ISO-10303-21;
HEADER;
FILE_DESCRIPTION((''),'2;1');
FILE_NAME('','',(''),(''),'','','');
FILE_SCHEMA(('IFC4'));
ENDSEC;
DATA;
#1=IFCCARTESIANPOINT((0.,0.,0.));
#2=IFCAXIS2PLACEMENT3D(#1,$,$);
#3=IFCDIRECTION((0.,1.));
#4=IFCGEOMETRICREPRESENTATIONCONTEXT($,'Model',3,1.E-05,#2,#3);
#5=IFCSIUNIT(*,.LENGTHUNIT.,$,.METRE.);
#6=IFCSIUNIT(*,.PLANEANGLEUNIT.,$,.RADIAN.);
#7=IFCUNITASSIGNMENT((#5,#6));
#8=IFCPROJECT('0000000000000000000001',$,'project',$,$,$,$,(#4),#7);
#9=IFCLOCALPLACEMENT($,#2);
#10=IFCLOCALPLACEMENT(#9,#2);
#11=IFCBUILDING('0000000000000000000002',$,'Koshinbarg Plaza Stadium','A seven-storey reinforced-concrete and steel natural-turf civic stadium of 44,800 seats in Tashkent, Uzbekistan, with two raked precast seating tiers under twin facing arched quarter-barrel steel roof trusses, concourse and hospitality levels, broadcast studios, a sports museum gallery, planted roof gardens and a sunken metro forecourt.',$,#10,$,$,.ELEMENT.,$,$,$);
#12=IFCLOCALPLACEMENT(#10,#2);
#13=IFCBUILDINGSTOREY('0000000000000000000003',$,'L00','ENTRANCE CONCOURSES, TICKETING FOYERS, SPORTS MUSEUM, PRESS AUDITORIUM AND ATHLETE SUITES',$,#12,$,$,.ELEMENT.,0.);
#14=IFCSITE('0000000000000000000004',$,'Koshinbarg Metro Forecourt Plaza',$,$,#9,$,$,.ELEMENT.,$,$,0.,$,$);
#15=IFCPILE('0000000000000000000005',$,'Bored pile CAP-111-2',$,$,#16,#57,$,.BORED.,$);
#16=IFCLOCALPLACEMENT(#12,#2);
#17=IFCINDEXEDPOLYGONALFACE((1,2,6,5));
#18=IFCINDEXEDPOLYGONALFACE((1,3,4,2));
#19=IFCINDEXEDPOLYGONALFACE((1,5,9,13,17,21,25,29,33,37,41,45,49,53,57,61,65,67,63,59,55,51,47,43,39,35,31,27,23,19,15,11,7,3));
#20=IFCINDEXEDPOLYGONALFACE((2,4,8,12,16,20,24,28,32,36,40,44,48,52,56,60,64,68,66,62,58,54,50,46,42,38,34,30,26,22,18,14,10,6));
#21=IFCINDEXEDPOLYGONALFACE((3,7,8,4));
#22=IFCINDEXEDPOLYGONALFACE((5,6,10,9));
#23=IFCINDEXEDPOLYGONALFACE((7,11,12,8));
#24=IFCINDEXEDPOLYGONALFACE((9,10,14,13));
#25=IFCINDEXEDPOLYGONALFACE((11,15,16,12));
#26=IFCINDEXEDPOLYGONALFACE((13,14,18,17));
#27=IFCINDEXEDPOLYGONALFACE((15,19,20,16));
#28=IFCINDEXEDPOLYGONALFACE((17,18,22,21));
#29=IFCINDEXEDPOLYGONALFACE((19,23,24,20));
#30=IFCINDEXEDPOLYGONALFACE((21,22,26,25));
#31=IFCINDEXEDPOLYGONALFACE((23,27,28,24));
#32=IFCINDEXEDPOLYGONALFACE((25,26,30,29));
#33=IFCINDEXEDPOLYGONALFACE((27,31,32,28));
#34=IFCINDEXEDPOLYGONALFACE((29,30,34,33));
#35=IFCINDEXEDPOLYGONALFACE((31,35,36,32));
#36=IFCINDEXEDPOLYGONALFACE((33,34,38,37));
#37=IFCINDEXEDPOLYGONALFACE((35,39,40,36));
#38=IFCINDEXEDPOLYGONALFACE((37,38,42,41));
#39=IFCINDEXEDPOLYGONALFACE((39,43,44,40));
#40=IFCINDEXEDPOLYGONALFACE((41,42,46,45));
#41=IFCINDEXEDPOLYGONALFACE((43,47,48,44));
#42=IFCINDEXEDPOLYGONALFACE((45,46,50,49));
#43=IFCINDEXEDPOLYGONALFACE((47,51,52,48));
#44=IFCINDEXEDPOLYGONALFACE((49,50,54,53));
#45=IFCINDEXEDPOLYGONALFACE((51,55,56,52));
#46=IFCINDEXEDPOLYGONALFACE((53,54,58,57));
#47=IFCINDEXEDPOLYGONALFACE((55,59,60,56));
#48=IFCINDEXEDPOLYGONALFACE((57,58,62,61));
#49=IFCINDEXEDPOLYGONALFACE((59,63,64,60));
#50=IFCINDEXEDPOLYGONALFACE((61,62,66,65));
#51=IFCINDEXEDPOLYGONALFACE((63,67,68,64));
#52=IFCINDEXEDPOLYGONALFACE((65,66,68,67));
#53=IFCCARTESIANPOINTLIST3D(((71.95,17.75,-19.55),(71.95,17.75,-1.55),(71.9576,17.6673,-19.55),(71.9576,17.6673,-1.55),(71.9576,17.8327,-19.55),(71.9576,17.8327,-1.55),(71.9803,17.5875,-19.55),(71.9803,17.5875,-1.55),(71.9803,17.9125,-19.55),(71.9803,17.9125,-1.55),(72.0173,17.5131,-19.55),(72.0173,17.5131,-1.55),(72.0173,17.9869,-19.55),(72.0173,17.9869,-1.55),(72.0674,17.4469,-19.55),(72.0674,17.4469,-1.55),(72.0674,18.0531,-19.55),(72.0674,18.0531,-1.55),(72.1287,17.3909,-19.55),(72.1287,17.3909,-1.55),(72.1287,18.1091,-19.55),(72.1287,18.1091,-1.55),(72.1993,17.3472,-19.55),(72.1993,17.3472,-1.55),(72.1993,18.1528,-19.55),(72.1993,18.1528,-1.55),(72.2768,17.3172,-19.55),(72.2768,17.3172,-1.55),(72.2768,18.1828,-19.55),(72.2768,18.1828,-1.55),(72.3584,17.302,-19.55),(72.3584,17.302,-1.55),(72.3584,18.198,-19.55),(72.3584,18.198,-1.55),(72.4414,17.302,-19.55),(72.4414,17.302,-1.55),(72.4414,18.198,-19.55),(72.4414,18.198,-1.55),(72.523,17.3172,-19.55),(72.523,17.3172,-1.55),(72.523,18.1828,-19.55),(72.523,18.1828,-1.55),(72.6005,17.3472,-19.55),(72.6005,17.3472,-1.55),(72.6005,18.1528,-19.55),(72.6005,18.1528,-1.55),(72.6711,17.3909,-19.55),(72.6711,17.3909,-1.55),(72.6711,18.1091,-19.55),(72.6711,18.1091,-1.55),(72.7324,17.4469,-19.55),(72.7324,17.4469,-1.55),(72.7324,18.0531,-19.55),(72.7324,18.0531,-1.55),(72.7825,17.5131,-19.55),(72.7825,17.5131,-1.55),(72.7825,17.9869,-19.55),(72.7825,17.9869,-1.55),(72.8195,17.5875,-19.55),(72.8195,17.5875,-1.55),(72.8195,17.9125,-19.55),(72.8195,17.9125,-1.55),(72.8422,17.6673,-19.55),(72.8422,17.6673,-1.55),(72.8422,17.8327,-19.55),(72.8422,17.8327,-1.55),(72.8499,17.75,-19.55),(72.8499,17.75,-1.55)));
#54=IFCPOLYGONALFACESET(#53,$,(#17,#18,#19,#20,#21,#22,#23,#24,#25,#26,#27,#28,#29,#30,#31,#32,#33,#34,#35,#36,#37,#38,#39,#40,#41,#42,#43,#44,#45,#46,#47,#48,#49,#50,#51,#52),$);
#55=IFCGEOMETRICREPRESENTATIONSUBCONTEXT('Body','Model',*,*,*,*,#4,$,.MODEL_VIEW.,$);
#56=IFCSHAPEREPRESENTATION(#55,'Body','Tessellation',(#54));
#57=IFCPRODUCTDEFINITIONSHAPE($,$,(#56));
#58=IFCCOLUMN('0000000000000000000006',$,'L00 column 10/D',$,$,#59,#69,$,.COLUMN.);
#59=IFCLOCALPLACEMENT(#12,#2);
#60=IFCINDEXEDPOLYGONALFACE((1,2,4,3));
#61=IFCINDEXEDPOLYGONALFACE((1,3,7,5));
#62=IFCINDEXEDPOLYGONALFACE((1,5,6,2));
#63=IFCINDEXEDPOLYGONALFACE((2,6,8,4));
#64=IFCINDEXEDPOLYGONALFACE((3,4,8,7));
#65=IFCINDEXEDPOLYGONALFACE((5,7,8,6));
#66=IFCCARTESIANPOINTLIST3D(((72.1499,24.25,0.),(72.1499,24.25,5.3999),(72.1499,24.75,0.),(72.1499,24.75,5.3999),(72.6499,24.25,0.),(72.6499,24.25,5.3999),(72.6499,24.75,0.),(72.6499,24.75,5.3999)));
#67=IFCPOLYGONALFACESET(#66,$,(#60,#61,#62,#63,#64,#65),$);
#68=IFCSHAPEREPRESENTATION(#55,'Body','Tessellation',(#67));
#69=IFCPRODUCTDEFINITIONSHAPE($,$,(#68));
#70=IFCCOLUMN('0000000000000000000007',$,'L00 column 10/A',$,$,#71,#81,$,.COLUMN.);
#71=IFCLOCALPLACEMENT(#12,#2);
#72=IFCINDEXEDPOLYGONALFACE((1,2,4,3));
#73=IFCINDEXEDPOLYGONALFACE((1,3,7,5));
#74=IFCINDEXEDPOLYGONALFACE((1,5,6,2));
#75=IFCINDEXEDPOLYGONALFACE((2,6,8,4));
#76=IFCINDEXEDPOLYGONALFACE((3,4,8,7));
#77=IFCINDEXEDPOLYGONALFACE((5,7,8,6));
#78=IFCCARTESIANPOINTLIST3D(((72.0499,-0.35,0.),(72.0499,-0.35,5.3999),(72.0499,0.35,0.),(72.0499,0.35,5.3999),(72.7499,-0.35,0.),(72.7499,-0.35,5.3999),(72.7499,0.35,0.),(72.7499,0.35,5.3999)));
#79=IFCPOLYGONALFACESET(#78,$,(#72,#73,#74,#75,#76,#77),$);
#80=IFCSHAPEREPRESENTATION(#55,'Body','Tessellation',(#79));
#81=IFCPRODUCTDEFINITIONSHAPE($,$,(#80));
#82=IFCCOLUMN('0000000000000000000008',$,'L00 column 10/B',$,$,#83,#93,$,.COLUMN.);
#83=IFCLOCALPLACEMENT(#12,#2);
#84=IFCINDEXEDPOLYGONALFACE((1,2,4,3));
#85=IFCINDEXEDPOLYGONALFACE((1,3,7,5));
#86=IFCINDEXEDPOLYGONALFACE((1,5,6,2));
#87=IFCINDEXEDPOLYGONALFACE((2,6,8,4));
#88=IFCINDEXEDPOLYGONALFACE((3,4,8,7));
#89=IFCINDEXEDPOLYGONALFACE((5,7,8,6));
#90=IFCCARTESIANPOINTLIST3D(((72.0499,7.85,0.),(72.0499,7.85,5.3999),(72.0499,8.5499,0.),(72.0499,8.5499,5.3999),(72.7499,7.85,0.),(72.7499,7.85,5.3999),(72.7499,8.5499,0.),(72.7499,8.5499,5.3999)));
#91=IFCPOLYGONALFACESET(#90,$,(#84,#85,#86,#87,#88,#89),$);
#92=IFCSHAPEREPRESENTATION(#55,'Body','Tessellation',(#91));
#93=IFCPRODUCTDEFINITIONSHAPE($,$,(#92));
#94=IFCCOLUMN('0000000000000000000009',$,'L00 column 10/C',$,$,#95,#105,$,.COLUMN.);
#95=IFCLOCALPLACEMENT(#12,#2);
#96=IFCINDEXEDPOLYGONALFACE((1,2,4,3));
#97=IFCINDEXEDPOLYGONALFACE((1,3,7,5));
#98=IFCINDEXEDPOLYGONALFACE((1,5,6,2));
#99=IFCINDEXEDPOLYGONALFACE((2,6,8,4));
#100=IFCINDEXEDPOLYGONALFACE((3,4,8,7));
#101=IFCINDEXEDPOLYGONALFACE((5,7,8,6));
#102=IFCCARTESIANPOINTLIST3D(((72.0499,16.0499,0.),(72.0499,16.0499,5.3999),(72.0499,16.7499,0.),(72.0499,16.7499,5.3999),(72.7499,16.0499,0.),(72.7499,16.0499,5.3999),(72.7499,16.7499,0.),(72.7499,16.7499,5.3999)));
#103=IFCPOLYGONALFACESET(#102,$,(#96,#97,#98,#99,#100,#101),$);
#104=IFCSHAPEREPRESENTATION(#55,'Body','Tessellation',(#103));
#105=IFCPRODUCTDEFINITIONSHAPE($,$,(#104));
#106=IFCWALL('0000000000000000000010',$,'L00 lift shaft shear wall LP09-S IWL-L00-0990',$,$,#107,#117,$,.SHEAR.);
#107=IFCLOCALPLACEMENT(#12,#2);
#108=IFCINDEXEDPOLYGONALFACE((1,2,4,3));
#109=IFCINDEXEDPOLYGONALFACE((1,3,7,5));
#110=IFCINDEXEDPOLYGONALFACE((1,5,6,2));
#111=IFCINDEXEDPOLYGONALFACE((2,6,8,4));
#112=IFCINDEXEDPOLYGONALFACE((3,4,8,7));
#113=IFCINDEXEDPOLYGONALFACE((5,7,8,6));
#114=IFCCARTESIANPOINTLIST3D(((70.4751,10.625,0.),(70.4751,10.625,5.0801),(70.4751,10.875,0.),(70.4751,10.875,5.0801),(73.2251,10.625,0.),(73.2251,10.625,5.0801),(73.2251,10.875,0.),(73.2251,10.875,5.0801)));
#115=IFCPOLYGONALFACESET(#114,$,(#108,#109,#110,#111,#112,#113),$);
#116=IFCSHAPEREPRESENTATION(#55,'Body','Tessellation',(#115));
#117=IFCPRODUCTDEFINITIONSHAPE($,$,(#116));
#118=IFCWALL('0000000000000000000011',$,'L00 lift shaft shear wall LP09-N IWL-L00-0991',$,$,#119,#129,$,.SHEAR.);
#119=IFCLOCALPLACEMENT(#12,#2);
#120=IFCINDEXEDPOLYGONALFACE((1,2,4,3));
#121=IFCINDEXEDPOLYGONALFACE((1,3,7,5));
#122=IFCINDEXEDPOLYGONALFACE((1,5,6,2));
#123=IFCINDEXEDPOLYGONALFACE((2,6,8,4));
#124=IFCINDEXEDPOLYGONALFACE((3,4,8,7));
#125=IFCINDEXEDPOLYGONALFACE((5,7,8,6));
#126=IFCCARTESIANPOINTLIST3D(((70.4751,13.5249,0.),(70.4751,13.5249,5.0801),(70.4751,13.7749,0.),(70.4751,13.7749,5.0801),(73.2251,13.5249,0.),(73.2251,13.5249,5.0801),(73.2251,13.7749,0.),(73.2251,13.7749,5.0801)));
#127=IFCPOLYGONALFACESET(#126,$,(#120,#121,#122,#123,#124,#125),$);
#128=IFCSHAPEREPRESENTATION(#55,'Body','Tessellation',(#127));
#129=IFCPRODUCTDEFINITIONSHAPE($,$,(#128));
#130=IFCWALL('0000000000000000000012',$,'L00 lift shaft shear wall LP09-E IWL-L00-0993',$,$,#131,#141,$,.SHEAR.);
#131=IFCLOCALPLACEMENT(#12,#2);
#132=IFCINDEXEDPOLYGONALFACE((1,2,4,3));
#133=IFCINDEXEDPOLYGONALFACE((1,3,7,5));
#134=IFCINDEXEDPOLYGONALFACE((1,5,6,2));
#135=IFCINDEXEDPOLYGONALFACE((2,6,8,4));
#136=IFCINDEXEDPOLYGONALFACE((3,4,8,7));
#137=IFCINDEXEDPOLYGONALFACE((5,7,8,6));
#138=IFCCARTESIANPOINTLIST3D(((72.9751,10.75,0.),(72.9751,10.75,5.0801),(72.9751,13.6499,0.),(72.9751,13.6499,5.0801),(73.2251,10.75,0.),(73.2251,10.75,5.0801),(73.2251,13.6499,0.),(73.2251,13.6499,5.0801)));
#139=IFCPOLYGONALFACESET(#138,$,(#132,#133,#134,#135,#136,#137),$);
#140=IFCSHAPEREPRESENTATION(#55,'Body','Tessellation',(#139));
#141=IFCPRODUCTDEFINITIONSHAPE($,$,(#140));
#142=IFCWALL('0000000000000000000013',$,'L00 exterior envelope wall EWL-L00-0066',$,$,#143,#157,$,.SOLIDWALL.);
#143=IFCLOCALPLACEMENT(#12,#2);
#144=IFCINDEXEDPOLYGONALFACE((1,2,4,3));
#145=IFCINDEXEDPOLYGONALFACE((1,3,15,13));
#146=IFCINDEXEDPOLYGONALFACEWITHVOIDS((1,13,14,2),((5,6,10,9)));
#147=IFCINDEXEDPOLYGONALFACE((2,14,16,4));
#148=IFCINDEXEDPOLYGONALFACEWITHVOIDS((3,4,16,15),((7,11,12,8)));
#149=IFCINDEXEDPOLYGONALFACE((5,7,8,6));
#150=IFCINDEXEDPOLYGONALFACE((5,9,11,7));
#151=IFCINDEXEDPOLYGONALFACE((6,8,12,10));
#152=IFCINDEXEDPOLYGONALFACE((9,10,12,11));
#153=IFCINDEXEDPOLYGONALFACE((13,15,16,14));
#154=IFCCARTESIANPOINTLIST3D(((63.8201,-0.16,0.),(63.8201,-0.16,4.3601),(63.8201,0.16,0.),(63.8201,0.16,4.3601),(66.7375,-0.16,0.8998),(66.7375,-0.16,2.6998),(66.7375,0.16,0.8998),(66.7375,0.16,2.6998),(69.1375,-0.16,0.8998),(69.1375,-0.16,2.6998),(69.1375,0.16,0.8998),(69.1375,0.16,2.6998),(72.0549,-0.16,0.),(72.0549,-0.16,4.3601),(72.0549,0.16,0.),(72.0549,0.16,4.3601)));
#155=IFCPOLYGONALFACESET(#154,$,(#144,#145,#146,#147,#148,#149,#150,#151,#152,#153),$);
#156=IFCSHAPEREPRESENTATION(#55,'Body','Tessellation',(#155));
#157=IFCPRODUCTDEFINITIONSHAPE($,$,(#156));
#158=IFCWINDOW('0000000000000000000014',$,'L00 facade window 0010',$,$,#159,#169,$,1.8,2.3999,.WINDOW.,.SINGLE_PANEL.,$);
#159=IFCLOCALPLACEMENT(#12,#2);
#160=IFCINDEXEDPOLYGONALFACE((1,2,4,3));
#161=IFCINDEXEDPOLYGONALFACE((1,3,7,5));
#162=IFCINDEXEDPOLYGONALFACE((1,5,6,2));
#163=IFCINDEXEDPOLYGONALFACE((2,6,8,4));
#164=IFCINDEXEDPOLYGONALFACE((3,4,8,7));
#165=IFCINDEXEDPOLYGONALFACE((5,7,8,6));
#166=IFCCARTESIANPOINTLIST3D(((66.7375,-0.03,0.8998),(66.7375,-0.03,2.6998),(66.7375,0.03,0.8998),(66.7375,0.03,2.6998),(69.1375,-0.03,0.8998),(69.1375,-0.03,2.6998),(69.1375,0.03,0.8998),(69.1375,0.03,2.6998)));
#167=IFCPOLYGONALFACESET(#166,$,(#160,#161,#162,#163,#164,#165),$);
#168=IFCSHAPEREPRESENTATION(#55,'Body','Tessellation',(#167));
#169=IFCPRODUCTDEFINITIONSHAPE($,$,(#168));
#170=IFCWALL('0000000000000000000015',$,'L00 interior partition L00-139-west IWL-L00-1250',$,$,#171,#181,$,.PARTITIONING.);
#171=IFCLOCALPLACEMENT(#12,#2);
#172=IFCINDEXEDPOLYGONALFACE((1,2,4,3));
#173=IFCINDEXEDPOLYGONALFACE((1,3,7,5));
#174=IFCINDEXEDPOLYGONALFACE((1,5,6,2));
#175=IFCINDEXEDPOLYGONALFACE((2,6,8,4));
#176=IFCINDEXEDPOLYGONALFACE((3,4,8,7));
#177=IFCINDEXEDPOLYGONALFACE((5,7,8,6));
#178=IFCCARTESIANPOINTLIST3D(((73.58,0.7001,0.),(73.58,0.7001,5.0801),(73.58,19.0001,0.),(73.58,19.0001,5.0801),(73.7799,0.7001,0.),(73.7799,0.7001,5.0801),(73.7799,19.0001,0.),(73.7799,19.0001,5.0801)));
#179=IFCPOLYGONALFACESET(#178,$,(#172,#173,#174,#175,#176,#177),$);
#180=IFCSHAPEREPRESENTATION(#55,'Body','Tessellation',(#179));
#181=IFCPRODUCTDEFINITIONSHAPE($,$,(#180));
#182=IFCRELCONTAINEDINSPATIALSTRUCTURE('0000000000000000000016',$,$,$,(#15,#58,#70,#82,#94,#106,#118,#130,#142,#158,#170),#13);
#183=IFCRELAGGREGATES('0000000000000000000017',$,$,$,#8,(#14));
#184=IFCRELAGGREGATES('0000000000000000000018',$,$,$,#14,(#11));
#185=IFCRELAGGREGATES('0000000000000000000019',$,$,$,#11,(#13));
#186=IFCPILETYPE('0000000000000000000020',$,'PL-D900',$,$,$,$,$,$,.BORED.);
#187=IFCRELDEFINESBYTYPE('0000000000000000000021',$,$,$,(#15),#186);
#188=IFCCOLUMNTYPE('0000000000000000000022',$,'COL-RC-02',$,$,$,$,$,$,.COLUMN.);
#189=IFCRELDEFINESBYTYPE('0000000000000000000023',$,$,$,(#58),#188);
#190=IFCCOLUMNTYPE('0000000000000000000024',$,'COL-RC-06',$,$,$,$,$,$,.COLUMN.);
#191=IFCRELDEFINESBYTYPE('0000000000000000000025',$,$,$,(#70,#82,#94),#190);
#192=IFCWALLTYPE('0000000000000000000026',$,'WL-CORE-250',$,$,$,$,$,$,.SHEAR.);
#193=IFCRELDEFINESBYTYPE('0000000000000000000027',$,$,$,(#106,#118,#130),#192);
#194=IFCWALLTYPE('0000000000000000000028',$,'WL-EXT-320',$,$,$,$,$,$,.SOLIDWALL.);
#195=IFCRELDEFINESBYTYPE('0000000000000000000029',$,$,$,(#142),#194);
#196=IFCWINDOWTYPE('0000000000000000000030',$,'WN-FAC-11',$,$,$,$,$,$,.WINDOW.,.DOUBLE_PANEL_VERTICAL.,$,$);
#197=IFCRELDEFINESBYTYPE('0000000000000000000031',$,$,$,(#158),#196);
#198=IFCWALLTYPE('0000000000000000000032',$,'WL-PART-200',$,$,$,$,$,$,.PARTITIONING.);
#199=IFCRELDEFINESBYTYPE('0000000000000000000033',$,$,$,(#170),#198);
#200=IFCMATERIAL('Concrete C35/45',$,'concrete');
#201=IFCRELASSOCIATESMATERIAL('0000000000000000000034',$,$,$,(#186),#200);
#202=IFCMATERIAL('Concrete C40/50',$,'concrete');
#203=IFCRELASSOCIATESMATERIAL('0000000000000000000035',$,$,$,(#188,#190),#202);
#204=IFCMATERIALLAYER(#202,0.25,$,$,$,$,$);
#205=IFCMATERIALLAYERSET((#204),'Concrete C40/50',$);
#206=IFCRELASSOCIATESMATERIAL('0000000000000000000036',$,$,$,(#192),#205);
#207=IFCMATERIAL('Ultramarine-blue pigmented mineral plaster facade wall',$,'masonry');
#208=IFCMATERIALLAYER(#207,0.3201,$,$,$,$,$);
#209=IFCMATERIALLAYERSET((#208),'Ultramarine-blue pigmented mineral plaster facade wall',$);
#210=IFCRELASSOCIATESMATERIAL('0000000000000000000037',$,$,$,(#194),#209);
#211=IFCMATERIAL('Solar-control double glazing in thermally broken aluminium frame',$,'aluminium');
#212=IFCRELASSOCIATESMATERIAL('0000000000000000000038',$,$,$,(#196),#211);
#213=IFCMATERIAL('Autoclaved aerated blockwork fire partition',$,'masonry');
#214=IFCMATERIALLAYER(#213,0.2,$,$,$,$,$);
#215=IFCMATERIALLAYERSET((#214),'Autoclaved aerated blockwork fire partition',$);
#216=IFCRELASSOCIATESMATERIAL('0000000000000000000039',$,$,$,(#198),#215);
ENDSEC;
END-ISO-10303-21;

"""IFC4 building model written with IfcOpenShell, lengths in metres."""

from ifc_helpers import new_model, si_unit, direction, frame, frame_2d, origin, origin_2d, place, context, subcontext, project, spatial, rectangle, circle, extrude, material, layer, layer_set, material_profile, profile_set, type_object, element, fill, save


model = new_model("IFC4")

# Units and contexts
model_context = context("Model", 3, precision=1e-05, world=origin(), true_north=direction((0.0, 1.0)))
body_context = subcontext(model_context, "Body", "Model", "MODEL_VIEW")
ifc_project = project(units=[si_unit("LENGTHUNIT", "METRE"), si_unit("PLANEANGLEUNIT", "RADIAN")], contexts=[model_context])

# Site, building, storey
site_placement = place(None, origin())
site = spatial("IfcSite", under=ifc_project, at=site_placement, Name="Koshinbarg Metro Forecourt Plaza", CompositionType="ELEMENT", RefElevation=0.0)
building_placement = place(site_placement, origin())
building = spatial("IfcBuilding", under=site, at=building_placement, Name="Koshinbarg Plaza Stadium", Description="A seven-storey reinforced-concrete and steel natural-turf civic stadium of 44,800 seats in Tashkent, Uzbekistan, with two raked precast seating tiers under twin facing arched quarter-barrel steel roof trusses, concourse and hospitality levels, broadcast studios, a sports museum gallery, planted roof gardens and a sunken metro forecourt.", CompositionType="ELEMENT")
storey_placement = place(building_placement, origin())
storey = spatial("IfcBuildingStorey", under=building, at=storey_placement, Name="L00", Description="ENTRANCE CONCOURSES, TICKETING FOYERS, SPORTS MUSEUM, PRESS AUDITORIUM AND ATHLETE SUITES", CompositionType="ELEMENT", Elevation=0.0)

# Shared definitions
ifc_material_1 = material(Name="Concrete C35/45", Category="concrete")

# Pile
ifc_material_profile_1 = material_profile(ifc_material_1, circle(Radius=0.45, at=origin_2d()), Name="PILE D900")
ifc_profile_set_1 = profile_set([ifc_material_profile_1], Name="Concrete C35/45")
pile_type_1 = type_object("IfcPileType", Name="PL-D900", PredefinedType="BORED", material=ifc_profile_set_1)
for number, where, z_axis, x_axis, name in (
    (1, (72.3999, 17.75, -1.55), (0.0, 0.0, -1.0), (1.0, 0.0, 0.0), "Bored pile CAP-111-2"),
):
    element("IfcPile", number, at=place(storey_placement, frame(where, z_axis=z_axis, x_axis=x_axis)), inside=storey, type_object=pile_type_1, Name=name, PredefinedType="BORED", context=body_context, shape_type="SweptSolid", body=[
        extrude(circle(Radius=0.45, at=origin_2d()), origin(), (0.0, 0.0, 1.0), 18.0),
    ])

# Columns
ifc_material_2 = material(Name="Concrete C40/50", Category="concrete")
ifc_material_profile_2 = material_profile(ifc_material_2, rectangle(XDim=0.5, YDim=0.5, at=origin_2d()), Name="RC 500x500")
ifc_profile_set_2 = profile_set([ifc_material_profile_2], Name="Concrete C40/50")
column_type_1 = type_object("IfcColumnType", Name="COL-RC-02", PredefinedType="COLUMN", material=ifc_profile_set_2)
column_placement = place(storey_placement, frame((72.3999, 24.5, 0.0), z_axis=(0.0, 0.0, 1.0), x_axis=(1.0, 0.0, 0.0)))
element("IfcColumn", 2, at=column_placement, inside=storey, type_object=column_type_1, Name="L00 column 10/D", PredefinedType="COLUMN", context=body_context, shape_type="SweptSolid", body=[
    extrude(rectangle(XDim=0.5, YDim=0.5, at=origin_2d()), origin(), (0.0, 0.0, 1.0), 5.3999),
])
ifc_material_profile_3 = material_profile(ifc_material_2, rectangle(XDim=0.7, YDim=0.7, at=origin_2d()), Name="RC 700x700")
ifc_profile_set_3 = profile_set([ifc_material_profile_3], Name="Concrete C40/50")
column_type_2 = type_object("IfcColumnType", Name="COL-RC-06", PredefinedType="COLUMN", material=ifc_profile_set_3)
for number, where, z_axis, x_axis, name in (
    (3, (72.3999, 0.0, 0.0), (0.0, 0.0, 1.0), (1.0, 0.0, 0.0), "L00 column 10/A"),
    (4, (72.3999, 8.2, 0.0), (0.0, 0.0, 1.0), (1.0, 0.0, 0.0), "L00 column 10/B"),
    (5, (72.3999, 16.3999, 0.0), (0.0, 0.0, 1.0), (1.0, 0.0, 0.0), "L00 column 10/C"),
):
    element("IfcColumn", number, at=place(storey_placement, frame(where, z_axis=z_axis, x_axis=x_axis)), inside=storey, type_object=column_type_2, Name=name, PredefinedType="COLUMN", context=body_context, shape_type="SweptSolid", body=[
        extrude(rectangle(XDim=0.7, YDim=0.7, at=origin_2d()), origin(), (0.0, 0.0, 1.0), 5.3999),
    ])

# Walls
ifc_layer_1 = layer(ifc_material_2, 0.25)
ifc_layer_set_1 = layer_set([ifc_layer_1], Name="Concrete C40/50")
wall_type_1 = type_object("IfcWallType", Name="WL-CORE-250", PredefinedType="SHEAR", material=ifc_layer_set_1)
for number, where, z_axis, x_axis, name in (
    (6, (70.4751, 10.75, 0.0), (0.0, 0.0, 1.0), (1.0, 0.0, 0.0), "L00 lift shaft shear wall LP09-S IWL-L00-0990"),
    (7, (73.2251, 13.6499, 0.0), (0.0, 0.0, 1.0), (-1.0, 0.0, 0.0), "L00 lift shaft shear wall LP09-N IWL-L00-0991"),
):
    element("IfcWall", number, at=place(storey_placement, frame(where, z_axis=z_axis, x_axis=x_axis)), inside=storey, type_object=wall_type_1, Name=name, PredefinedType="SHEAR", context=body_context, shape_type="SweptSolid", body=[
        extrude(rectangle(XDim=2.75, YDim=0.25, at=frame_2d((1.375, 0.0))), origin(), (0.0, 0.0, 1.0), 5.0801),
    ])

# Wall
wall_1_placement = place(storey_placement, frame((73.1001, 10.75, 0.0), z_axis=(0.0, 0.0, 1.0), x_axis=(0.0, 1.0, 0.0)))
element("IfcWall", 8, at=wall_1_placement, inside=storey, type_object=wall_type_1, Name="L00 lift shaft shear wall LP09-E IWL-L00-0993", PredefinedType="SHEAR", context=body_context, shape_type="SweptSolid", body=[
    extrude(rectangle(XDim=2.8999, YDim=0.25, at=frame_2d((1.45, 0.0))), origin(), (0.0, 0.0, 1.0), 5.0801),
])

# Wall, opening, window
ifc_material_3 = material(Name="Ultramarine-blue pigmented mineral plaster facade wall", Category="masonry")
ifc_layer_2 = layer(ifc_material_3, 0.3201)
ifc_layer_set_2 = layer_set([ifc_layer_2], Name="Ultramarine-blue pigmented mineral plaster facade wall")
wall_type_2 = type_object("IfcWallType", Name="WL-EXT-320", PredefinedType="SOLIDWALL", material=ifc_layer_set_2)
wall_2_placement = place(storey_placement, frame((72.0549, 0.0, 0.0), z_axis=(0.0, 0.0, 1.0), x_axis=(-1.0, 0.0, 0.0)))
wall_2 = element("IfcWall", 9, at=wall_2_placement, inside=storey, type_object=wall_type_2, Name="L00 exterior envelope wall EWL-L00-0066", PredefinedType="SOLIDWALL", context=body_context, shape_type="SweptSolid", body=[
    extrude(rectangle(XDim=8.2349, YDim=0.3201, at=frame_2d((4.1174, 0.0))), origin(), (0.0, 0.0, 1.0), 4.3601),
])
opening_1_placement = place(wall_2_placement, frame((2.9175, 0.0, 0.8999)))
opening_1 = element("IfcOpeningElement", 10, at=opening_1_placement, cuts=wall_2, PredefinedType="OPENING", context=body_context, shape_type="SweptSolid", body=[
    extrude(rectangle(XDim=2.3999, YDim=1.8, at=frame_2d((1.2, 0.8999))), frame((0.0, 0.1699, 0.0), z_axis=(0.0, -1.0, 0.0), x_axis=(1.0, 0.0, 0.0)), (0.0, 0.0, 1.0), 0.3401),
])
ifc_material_4 = material(Name="Solar-control double glazing in thermally broken aluminium frame", Category="aluminium")
window_type = type_object("IfcWindowType", Name="WN-FAC-11", PartitioningType="DOUBLE_PANEL_VERTICAL", PredefinedType="WINDOW", material=ifc_material_4)
window_placement = place(opening_1_placement, origin())
window = element("IfcWindow", 11, at=window_placement, inside=storey, type_object=window_type, Name="L00 facade window 0010", OverallHeight=1.8, OverallWidth=2.3999, PartitioningType="SINGLE_PANEL", PredefinedType="WINDOW", context=body_context, shape_type="SweptSolid", body=[
    extrude(rectangle(XDim=2.3999, YDim=1.8, at=frame_2d((1.2, 0.8999))), frame((0.0, 0.03, 0.0), z_axis=(0.0, -1.0, 0.0), x_axis=(1.0, 0.0, 0.0)), (0.0, 0.0, 1.0), 0.0601),
])
fill(opening_1, window)

# Wall
ifc_material_5 = material(Name="Autoclaved aerated blockwork fire partition", Category="masonry")
ifc_layer_3 = layer(ifc_material_5, 0.2)
ifc_layer_set_3 = layer_set([ifc_layer_3], Name="Autoclaved aerated blockwork fire partition")
wall_type_3 = type_object("IfcWallType", Name="WL-PART-200", PredefinedType="PARTITIONING", material=ifc_layer_set_3)
wall_3_placement = place(storey_placement, frame((73.6799, 19.0, 0.0), z_axis=(0.0, 0.0, 1.0), x_axis=(0.0, -1.0, 0.0)))
element("IfcWall", 12, at=wall_3_placement, inside=storey, type_object=wall_type_3, Name="L00 interior partition L00-139-west IWL-L00-1250", PredefinedType="PARTITIONING", context=body_context, shape_type="SweptSolid", body=[
    extrude(rectangle(XDim=18.3, YDim=0.2, at=frame_2d((9.1499, 0.0))), origin(), (0.0, 0.0, 1.0), 5.0801),
])

save(model, "model.ifc")
